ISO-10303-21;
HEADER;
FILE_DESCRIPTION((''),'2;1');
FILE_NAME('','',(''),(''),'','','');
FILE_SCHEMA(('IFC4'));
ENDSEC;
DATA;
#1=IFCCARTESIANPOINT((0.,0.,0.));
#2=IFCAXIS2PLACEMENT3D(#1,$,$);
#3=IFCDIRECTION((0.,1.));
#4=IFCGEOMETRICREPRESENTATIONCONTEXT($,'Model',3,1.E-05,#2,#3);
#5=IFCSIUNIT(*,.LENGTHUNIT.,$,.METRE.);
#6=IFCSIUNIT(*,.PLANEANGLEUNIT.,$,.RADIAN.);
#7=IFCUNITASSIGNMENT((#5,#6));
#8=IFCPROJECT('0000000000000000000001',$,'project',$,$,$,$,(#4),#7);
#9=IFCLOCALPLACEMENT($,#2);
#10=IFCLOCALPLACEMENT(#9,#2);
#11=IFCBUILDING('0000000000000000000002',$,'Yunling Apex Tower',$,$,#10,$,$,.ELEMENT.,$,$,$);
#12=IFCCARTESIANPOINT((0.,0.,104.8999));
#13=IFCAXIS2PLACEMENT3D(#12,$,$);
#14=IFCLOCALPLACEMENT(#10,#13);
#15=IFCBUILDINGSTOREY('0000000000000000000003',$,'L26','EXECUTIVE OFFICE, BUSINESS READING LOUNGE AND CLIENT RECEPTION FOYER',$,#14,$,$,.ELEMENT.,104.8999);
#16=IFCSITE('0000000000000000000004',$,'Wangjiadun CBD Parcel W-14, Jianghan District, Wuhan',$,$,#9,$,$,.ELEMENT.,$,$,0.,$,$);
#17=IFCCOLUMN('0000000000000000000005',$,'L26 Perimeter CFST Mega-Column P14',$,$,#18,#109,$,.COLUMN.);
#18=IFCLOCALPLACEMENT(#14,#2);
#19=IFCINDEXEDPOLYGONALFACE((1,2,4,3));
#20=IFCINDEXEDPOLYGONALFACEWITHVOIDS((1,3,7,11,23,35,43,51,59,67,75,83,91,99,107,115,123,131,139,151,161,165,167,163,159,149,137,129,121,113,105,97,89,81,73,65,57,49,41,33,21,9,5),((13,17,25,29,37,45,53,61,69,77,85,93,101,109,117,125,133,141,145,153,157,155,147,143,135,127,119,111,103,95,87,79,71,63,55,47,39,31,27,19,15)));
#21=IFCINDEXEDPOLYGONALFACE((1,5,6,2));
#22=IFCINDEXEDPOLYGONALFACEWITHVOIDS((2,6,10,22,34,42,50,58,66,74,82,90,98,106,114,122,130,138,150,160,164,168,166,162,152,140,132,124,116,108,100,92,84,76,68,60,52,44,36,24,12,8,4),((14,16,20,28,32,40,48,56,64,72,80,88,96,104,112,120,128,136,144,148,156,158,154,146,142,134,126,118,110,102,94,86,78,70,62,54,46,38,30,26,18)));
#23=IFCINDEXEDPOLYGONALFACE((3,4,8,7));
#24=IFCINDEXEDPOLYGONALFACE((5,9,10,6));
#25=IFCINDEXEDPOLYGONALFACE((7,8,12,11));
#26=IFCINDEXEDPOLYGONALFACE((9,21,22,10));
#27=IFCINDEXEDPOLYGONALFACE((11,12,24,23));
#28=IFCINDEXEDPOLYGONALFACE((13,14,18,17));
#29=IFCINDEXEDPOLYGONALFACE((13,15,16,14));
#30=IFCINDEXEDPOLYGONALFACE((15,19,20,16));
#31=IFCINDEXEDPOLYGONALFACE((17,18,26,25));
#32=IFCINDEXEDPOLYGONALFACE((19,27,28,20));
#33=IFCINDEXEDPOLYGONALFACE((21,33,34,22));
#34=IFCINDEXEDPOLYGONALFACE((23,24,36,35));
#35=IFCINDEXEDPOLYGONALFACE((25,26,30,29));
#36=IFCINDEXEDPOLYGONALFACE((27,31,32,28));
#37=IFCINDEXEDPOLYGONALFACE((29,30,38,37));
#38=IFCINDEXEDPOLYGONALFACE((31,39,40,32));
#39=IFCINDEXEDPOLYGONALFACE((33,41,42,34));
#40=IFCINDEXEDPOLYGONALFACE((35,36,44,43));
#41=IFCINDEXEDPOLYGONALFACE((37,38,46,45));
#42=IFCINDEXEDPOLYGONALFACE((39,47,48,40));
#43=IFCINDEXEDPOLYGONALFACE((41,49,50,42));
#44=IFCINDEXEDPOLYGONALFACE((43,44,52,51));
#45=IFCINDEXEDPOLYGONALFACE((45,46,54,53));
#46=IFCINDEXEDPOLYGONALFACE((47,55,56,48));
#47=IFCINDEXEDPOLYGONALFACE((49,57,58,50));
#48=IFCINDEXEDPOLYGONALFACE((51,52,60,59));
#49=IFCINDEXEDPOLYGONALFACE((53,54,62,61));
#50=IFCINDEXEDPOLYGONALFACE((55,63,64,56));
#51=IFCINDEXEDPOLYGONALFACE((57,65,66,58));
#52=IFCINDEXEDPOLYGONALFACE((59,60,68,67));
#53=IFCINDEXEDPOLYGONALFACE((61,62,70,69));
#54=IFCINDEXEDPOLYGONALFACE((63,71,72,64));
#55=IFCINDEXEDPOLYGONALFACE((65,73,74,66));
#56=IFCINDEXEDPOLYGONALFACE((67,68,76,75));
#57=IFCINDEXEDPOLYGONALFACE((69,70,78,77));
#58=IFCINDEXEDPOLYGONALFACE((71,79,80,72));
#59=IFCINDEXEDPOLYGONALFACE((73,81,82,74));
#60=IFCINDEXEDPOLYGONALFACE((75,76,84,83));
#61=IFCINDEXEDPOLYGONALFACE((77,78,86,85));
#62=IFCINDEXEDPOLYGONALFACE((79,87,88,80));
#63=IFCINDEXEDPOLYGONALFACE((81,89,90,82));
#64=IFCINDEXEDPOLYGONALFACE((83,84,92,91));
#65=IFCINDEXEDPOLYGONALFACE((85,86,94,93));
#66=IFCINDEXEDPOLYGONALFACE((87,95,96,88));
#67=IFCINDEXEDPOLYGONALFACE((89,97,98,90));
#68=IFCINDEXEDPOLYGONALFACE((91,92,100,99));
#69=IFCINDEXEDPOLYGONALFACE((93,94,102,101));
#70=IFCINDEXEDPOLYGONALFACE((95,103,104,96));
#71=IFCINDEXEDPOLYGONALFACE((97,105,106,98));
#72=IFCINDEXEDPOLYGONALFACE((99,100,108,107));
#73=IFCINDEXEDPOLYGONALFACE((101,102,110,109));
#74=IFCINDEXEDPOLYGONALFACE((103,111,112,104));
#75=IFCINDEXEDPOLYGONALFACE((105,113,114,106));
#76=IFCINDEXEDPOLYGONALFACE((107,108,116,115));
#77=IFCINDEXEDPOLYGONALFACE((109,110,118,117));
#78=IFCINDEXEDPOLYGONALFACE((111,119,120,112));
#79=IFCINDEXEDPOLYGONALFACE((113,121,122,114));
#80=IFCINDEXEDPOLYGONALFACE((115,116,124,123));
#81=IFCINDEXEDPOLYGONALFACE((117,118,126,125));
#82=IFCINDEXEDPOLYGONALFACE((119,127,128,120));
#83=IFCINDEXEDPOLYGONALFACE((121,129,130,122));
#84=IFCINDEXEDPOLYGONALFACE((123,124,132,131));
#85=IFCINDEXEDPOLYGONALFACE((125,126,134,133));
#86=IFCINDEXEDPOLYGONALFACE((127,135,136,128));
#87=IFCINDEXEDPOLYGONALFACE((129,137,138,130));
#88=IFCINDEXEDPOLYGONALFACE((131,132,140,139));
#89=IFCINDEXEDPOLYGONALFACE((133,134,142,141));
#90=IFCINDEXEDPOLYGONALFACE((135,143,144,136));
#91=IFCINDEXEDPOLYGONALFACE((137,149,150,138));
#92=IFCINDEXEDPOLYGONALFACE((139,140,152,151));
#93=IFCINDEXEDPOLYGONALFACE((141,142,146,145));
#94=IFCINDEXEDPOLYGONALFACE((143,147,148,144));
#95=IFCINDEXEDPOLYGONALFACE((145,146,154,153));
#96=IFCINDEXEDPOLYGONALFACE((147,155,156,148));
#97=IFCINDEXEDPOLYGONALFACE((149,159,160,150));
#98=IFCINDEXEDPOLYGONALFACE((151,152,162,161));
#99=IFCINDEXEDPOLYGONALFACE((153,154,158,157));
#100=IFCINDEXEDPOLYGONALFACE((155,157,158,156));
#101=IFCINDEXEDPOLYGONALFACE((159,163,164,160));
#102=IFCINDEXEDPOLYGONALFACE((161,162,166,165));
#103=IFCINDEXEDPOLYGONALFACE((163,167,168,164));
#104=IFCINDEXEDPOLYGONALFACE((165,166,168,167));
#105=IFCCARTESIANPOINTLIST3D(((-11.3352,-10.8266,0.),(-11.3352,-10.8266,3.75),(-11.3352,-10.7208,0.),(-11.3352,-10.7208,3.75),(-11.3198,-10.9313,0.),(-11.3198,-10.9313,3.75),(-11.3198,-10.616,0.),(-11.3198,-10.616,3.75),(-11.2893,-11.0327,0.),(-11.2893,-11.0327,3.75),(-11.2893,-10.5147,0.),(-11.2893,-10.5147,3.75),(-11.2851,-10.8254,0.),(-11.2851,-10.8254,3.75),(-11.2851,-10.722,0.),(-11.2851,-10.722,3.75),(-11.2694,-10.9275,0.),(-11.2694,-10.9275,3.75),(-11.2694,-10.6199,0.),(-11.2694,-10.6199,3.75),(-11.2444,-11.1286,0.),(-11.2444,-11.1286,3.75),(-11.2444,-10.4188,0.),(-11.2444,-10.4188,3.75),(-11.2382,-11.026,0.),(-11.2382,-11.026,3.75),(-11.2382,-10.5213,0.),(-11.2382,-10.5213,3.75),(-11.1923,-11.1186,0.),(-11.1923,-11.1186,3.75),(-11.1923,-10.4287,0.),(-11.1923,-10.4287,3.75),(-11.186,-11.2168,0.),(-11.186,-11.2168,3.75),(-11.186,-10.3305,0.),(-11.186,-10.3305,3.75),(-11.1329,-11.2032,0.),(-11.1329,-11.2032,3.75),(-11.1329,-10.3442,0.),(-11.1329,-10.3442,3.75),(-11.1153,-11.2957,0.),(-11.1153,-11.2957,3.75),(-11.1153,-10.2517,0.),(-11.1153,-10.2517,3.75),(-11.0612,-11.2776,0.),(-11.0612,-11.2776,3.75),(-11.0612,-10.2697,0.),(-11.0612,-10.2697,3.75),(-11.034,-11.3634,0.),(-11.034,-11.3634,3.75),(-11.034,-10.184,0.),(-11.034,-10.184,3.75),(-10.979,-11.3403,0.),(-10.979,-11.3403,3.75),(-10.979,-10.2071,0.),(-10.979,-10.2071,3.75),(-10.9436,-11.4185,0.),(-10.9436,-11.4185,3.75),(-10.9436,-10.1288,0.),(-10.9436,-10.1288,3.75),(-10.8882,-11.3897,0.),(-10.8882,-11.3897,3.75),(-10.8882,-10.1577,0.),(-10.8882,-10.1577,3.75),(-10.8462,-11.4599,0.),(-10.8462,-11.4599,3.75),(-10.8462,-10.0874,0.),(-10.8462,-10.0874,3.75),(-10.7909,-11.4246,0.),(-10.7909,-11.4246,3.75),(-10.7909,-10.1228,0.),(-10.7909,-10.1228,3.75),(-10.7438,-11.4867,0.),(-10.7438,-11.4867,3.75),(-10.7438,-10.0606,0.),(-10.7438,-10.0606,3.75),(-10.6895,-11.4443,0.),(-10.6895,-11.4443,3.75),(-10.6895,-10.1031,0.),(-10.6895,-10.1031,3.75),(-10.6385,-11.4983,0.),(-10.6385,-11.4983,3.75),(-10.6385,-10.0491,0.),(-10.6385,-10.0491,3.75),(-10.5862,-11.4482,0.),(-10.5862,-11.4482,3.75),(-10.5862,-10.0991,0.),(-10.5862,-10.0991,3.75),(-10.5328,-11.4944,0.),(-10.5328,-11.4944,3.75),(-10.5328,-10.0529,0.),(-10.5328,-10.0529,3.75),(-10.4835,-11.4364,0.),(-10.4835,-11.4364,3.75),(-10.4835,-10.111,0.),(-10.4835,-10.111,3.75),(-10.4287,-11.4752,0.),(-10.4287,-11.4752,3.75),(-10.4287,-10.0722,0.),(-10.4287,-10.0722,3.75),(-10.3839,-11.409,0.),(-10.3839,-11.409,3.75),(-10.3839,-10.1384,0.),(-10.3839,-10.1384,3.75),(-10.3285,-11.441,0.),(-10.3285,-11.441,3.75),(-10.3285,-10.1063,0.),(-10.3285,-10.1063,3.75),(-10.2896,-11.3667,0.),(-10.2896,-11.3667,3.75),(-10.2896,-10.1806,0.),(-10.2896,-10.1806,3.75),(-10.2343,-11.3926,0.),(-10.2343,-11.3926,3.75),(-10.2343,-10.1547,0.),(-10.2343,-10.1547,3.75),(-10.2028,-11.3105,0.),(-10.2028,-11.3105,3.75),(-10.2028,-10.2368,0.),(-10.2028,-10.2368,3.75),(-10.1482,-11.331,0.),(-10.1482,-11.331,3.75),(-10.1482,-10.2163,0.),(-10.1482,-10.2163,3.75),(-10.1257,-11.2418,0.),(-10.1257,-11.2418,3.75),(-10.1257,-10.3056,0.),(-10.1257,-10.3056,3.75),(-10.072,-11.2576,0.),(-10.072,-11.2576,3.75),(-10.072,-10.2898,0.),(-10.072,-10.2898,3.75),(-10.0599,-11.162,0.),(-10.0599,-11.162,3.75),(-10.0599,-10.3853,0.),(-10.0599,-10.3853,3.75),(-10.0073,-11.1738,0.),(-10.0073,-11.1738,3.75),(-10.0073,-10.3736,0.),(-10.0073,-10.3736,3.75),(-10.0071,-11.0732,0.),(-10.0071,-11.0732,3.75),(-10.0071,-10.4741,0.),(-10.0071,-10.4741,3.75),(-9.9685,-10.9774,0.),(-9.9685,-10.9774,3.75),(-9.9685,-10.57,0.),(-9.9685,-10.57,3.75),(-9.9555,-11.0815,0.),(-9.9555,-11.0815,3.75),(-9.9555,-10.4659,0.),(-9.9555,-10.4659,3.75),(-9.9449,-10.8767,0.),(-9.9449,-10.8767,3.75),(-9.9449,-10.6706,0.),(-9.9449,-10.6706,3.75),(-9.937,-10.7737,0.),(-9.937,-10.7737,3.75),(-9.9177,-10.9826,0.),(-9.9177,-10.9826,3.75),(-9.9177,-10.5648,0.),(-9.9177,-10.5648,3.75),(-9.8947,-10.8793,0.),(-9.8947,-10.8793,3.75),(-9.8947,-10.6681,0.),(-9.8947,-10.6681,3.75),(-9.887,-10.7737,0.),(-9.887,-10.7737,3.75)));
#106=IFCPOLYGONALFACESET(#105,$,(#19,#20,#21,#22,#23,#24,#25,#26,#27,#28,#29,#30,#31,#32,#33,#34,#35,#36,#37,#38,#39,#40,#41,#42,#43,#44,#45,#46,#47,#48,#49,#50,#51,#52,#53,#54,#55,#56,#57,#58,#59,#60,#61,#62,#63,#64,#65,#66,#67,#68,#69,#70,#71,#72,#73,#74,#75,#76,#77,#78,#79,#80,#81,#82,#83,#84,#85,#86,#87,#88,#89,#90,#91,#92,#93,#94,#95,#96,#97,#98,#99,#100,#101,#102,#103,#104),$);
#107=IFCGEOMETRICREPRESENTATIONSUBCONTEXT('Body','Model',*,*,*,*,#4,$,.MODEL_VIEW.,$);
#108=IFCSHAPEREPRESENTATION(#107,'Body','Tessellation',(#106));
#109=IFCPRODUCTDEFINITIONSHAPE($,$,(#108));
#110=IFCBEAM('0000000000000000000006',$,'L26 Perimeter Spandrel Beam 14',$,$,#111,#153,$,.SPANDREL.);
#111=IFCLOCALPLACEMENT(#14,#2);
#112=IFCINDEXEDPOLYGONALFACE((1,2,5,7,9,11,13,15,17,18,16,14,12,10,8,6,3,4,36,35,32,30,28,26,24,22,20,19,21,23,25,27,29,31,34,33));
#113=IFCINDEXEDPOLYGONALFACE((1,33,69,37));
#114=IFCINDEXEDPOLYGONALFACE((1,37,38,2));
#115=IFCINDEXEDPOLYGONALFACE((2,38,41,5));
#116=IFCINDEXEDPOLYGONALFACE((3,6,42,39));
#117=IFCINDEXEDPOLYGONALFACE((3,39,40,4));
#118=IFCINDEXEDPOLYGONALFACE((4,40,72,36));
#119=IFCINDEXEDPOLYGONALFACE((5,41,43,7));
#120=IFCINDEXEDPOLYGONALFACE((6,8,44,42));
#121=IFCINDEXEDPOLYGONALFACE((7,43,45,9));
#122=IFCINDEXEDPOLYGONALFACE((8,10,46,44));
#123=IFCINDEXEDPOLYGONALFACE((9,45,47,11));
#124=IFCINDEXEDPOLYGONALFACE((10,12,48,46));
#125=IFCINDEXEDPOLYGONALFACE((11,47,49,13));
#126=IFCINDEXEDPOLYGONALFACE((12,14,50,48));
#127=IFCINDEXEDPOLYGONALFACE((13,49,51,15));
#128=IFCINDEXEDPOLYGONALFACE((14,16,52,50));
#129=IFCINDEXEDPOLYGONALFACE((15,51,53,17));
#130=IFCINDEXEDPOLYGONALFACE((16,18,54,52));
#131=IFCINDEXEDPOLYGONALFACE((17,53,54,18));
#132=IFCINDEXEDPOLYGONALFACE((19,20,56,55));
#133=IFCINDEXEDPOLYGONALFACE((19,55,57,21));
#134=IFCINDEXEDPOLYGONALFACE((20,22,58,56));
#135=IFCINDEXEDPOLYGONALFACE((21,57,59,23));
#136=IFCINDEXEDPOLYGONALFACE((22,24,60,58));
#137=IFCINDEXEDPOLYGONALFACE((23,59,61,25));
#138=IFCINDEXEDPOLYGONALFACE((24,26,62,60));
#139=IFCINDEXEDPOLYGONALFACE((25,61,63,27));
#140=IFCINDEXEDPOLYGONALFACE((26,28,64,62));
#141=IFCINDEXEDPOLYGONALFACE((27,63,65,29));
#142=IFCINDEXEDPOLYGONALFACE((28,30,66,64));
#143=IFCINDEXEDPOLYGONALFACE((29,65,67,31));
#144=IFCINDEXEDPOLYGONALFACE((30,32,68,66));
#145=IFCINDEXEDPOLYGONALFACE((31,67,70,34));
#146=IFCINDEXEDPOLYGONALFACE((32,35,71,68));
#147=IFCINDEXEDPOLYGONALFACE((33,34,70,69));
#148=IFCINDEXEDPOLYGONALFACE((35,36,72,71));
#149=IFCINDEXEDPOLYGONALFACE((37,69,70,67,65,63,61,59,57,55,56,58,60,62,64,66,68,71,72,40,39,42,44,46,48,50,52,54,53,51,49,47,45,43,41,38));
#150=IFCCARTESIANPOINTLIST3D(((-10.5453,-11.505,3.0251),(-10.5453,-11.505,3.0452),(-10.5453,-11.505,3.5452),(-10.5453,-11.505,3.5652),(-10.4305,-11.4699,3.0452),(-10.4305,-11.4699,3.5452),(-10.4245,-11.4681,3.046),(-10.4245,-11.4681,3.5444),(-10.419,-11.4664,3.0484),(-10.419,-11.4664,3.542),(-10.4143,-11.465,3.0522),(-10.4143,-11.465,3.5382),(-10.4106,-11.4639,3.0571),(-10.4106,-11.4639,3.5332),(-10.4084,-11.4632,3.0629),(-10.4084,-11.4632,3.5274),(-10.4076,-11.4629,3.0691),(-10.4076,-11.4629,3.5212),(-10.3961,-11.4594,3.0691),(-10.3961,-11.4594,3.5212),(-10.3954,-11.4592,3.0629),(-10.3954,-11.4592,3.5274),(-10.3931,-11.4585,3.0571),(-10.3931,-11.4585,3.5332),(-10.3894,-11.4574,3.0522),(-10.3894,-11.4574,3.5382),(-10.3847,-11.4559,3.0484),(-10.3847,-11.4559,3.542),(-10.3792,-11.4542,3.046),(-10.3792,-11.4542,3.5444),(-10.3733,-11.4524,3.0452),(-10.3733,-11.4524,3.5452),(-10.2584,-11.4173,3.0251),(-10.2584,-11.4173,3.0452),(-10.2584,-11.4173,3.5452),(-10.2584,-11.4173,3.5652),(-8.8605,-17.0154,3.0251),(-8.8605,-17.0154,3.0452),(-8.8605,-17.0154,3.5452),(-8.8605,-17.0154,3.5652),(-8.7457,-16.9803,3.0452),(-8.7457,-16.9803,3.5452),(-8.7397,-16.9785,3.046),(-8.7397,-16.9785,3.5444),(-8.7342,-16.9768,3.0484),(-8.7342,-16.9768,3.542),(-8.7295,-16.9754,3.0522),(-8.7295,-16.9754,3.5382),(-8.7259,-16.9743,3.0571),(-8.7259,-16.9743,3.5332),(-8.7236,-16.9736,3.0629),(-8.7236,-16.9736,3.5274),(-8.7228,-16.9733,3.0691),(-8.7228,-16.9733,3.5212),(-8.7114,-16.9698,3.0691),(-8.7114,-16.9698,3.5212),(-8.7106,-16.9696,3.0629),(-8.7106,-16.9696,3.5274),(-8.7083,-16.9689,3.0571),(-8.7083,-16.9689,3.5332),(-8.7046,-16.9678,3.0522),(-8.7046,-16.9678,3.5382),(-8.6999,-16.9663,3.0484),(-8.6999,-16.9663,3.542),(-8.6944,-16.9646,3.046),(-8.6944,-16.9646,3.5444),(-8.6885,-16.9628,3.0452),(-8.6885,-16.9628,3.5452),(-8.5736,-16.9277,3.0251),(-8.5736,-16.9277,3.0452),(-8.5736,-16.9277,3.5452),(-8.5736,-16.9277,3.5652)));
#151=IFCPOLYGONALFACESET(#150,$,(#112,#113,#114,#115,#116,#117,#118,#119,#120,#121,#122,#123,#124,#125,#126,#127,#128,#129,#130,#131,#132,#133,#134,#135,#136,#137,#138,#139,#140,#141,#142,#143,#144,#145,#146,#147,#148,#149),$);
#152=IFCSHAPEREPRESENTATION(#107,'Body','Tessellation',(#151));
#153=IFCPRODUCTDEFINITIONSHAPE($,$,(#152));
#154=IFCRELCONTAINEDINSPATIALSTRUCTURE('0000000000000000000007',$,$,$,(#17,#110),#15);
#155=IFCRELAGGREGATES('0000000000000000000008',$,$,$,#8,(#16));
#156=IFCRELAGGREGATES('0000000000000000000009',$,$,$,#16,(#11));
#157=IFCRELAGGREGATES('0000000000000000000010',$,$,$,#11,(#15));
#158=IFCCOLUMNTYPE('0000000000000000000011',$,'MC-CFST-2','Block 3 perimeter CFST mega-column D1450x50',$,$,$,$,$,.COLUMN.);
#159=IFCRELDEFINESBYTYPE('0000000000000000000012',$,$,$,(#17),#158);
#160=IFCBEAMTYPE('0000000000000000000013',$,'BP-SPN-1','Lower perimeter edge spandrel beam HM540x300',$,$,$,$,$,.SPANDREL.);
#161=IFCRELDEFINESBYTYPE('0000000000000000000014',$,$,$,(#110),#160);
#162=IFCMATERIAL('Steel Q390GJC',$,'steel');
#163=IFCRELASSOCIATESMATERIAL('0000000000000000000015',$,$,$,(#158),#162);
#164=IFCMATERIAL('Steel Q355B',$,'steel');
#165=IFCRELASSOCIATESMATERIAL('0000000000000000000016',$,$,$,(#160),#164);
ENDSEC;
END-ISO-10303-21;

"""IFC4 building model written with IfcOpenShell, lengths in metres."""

from ifc_helpers import new_model, si_unit, direction, frame, origin, origin_2d, place, context, subcontext, project, spatial, hollow_circle, i_section, extrude, source, transform, mapped, material, material_profile, profile_set, type_object, element, save


model = new_model("IFC4")

# Units and contexts
model_context = context("Model", 3, precision=1e-05, world=origin(), true_north=direction((0.0, 1.0)))
body_context = subcontext(model_context, "Body", "Model", "MODEL_VIEW")
ifc_project = project(units=[si_unit("LENGTHUNIT", "METRE"), si_unit("PLANEANGLEUNIT", "RADIAN")], contexts=[model_context])

# Site, building, storey
site_placement = place(None, origin())
site = spatial("IfcSite", under=ifc_project, at=site_placement, Name="Wangjiadun CBD Parcel W-14, Jianghan District, Wuhan", CompositionType="ELEMENT", RefElevation=0.0)
building_placement = place(site_placement, origin())
building = spatial("IfcBuilding", under=site, at=building_placement, Name="Yunling Apex Tower", CompositionType="ELEMENT")
storey_placement = place(building_placement, frame((0.0, 0.0, 104.8999)))
storey = spatial("IfcBuildingStorey", under=building, at=storey_placement, Name="L26", Description="EXECUTIVE OFFICE, BUSINESS READING LOUNGE AND CLIENT RECEPTION FOYER", CompositionType="ELEMENT", Elevation=104.8999)

# Column
ifc_material_1 = material(Name="Steel Q390GJC", Category="steel")
ifc_material_profile_1 = material_profile(ifc_material_1, hollow_circle(Radius=0.7251, WallThickness=0.05, at=origin_2d()))
ifc_profile_set_1 = profile_set([ifc_material_profile_1], Name="Steel Q390GJC")
column_type = type_object("IfcColumnType", Name="MC-CFST-2", Description="Block 3 perimeter CFST mega-column D1450x50", PredefinedType="COLUMN", material=ifc_profile_set_1)
shared_shape_1 = source(origin(), body_context, "Body", "SweptSolid", [
    extrude(hollow_circle(Radius=0.7251, WallThickness=0.05, at=origin_2d()), origin(), (0.0, 0.0, 1.0), 3.75),
])
column_placement = place(storey_placement, frame((-10.6121, -10.7737, 0.0), z_axis=(0.0, 0.0, 1.0), x_axis=(1.0, 0.0, 0.0)))
element("IfcColumn", 1, at=column_placement, inside=storey, type_object=column_type, Name="L26 Perimeter CFST Mega-Column P14", PredefinedType="COLUMN", context=body_context, shape_type="MappedRepresentation", body=[
    mapped(shared_shape_1, transform((0.0, 0.0, 0.0), scale=1.0)),
])

# Beam
ifc_material_2 = material(Name="Steel Q355B", Category="steel")
ifc_material_profile_2 = material_profile(ifc_material_2, i_section(OverallWidth=0.3, OverallDepth=0.54, WebThickness=0.012, FlangeThickness=0.02, FilletRadius=0.0239, at=origin_2d()))
ifc_profile_set_2 = profile_set([ifc_material_profile_2], Name="Steel Q355B")
beam_type_1 = type_object("IfcBeamType", Name="BP-SPN-1", Description="Lower perimeter edge spandrel beam HM540x300", PredefinedType="SPANDREL", material=ifc_profile_set_2)
shared_shape_2 = source(origin(), body_context, "Body", "SweptSolid", [
    extrude(i_section(OverallWidth=0.3, OverallDepth=0.54, WebThickness=0.012, FlangeThickness=0.02, FilletRadius=0.0239, at=origin_2d()), origin(), (0.0, 0.0, 1.0), 5.7622),
])
beam_1_placement = place(storey_placement, frame((-10.4019, -11.4612, 3.2952), z_axis=(0.292385, -0.956301, 0.0), x_axis=(0.956301, 0.292385, 0.0)))
element("IfcBeam", 2, at=beam_1_placement, inside=storey, type_object=beam_type_1, Name="L26 Perimeter Spandrel Beam 14", PredefinedType="SPANDREL", context=body_context, shape_type="MappedRepresentation", body=[
    mapped(shared_shape_2, transform((0.0, 0.0, 0.0), scale=1.0)),
])

save(model, "model.ifc")
